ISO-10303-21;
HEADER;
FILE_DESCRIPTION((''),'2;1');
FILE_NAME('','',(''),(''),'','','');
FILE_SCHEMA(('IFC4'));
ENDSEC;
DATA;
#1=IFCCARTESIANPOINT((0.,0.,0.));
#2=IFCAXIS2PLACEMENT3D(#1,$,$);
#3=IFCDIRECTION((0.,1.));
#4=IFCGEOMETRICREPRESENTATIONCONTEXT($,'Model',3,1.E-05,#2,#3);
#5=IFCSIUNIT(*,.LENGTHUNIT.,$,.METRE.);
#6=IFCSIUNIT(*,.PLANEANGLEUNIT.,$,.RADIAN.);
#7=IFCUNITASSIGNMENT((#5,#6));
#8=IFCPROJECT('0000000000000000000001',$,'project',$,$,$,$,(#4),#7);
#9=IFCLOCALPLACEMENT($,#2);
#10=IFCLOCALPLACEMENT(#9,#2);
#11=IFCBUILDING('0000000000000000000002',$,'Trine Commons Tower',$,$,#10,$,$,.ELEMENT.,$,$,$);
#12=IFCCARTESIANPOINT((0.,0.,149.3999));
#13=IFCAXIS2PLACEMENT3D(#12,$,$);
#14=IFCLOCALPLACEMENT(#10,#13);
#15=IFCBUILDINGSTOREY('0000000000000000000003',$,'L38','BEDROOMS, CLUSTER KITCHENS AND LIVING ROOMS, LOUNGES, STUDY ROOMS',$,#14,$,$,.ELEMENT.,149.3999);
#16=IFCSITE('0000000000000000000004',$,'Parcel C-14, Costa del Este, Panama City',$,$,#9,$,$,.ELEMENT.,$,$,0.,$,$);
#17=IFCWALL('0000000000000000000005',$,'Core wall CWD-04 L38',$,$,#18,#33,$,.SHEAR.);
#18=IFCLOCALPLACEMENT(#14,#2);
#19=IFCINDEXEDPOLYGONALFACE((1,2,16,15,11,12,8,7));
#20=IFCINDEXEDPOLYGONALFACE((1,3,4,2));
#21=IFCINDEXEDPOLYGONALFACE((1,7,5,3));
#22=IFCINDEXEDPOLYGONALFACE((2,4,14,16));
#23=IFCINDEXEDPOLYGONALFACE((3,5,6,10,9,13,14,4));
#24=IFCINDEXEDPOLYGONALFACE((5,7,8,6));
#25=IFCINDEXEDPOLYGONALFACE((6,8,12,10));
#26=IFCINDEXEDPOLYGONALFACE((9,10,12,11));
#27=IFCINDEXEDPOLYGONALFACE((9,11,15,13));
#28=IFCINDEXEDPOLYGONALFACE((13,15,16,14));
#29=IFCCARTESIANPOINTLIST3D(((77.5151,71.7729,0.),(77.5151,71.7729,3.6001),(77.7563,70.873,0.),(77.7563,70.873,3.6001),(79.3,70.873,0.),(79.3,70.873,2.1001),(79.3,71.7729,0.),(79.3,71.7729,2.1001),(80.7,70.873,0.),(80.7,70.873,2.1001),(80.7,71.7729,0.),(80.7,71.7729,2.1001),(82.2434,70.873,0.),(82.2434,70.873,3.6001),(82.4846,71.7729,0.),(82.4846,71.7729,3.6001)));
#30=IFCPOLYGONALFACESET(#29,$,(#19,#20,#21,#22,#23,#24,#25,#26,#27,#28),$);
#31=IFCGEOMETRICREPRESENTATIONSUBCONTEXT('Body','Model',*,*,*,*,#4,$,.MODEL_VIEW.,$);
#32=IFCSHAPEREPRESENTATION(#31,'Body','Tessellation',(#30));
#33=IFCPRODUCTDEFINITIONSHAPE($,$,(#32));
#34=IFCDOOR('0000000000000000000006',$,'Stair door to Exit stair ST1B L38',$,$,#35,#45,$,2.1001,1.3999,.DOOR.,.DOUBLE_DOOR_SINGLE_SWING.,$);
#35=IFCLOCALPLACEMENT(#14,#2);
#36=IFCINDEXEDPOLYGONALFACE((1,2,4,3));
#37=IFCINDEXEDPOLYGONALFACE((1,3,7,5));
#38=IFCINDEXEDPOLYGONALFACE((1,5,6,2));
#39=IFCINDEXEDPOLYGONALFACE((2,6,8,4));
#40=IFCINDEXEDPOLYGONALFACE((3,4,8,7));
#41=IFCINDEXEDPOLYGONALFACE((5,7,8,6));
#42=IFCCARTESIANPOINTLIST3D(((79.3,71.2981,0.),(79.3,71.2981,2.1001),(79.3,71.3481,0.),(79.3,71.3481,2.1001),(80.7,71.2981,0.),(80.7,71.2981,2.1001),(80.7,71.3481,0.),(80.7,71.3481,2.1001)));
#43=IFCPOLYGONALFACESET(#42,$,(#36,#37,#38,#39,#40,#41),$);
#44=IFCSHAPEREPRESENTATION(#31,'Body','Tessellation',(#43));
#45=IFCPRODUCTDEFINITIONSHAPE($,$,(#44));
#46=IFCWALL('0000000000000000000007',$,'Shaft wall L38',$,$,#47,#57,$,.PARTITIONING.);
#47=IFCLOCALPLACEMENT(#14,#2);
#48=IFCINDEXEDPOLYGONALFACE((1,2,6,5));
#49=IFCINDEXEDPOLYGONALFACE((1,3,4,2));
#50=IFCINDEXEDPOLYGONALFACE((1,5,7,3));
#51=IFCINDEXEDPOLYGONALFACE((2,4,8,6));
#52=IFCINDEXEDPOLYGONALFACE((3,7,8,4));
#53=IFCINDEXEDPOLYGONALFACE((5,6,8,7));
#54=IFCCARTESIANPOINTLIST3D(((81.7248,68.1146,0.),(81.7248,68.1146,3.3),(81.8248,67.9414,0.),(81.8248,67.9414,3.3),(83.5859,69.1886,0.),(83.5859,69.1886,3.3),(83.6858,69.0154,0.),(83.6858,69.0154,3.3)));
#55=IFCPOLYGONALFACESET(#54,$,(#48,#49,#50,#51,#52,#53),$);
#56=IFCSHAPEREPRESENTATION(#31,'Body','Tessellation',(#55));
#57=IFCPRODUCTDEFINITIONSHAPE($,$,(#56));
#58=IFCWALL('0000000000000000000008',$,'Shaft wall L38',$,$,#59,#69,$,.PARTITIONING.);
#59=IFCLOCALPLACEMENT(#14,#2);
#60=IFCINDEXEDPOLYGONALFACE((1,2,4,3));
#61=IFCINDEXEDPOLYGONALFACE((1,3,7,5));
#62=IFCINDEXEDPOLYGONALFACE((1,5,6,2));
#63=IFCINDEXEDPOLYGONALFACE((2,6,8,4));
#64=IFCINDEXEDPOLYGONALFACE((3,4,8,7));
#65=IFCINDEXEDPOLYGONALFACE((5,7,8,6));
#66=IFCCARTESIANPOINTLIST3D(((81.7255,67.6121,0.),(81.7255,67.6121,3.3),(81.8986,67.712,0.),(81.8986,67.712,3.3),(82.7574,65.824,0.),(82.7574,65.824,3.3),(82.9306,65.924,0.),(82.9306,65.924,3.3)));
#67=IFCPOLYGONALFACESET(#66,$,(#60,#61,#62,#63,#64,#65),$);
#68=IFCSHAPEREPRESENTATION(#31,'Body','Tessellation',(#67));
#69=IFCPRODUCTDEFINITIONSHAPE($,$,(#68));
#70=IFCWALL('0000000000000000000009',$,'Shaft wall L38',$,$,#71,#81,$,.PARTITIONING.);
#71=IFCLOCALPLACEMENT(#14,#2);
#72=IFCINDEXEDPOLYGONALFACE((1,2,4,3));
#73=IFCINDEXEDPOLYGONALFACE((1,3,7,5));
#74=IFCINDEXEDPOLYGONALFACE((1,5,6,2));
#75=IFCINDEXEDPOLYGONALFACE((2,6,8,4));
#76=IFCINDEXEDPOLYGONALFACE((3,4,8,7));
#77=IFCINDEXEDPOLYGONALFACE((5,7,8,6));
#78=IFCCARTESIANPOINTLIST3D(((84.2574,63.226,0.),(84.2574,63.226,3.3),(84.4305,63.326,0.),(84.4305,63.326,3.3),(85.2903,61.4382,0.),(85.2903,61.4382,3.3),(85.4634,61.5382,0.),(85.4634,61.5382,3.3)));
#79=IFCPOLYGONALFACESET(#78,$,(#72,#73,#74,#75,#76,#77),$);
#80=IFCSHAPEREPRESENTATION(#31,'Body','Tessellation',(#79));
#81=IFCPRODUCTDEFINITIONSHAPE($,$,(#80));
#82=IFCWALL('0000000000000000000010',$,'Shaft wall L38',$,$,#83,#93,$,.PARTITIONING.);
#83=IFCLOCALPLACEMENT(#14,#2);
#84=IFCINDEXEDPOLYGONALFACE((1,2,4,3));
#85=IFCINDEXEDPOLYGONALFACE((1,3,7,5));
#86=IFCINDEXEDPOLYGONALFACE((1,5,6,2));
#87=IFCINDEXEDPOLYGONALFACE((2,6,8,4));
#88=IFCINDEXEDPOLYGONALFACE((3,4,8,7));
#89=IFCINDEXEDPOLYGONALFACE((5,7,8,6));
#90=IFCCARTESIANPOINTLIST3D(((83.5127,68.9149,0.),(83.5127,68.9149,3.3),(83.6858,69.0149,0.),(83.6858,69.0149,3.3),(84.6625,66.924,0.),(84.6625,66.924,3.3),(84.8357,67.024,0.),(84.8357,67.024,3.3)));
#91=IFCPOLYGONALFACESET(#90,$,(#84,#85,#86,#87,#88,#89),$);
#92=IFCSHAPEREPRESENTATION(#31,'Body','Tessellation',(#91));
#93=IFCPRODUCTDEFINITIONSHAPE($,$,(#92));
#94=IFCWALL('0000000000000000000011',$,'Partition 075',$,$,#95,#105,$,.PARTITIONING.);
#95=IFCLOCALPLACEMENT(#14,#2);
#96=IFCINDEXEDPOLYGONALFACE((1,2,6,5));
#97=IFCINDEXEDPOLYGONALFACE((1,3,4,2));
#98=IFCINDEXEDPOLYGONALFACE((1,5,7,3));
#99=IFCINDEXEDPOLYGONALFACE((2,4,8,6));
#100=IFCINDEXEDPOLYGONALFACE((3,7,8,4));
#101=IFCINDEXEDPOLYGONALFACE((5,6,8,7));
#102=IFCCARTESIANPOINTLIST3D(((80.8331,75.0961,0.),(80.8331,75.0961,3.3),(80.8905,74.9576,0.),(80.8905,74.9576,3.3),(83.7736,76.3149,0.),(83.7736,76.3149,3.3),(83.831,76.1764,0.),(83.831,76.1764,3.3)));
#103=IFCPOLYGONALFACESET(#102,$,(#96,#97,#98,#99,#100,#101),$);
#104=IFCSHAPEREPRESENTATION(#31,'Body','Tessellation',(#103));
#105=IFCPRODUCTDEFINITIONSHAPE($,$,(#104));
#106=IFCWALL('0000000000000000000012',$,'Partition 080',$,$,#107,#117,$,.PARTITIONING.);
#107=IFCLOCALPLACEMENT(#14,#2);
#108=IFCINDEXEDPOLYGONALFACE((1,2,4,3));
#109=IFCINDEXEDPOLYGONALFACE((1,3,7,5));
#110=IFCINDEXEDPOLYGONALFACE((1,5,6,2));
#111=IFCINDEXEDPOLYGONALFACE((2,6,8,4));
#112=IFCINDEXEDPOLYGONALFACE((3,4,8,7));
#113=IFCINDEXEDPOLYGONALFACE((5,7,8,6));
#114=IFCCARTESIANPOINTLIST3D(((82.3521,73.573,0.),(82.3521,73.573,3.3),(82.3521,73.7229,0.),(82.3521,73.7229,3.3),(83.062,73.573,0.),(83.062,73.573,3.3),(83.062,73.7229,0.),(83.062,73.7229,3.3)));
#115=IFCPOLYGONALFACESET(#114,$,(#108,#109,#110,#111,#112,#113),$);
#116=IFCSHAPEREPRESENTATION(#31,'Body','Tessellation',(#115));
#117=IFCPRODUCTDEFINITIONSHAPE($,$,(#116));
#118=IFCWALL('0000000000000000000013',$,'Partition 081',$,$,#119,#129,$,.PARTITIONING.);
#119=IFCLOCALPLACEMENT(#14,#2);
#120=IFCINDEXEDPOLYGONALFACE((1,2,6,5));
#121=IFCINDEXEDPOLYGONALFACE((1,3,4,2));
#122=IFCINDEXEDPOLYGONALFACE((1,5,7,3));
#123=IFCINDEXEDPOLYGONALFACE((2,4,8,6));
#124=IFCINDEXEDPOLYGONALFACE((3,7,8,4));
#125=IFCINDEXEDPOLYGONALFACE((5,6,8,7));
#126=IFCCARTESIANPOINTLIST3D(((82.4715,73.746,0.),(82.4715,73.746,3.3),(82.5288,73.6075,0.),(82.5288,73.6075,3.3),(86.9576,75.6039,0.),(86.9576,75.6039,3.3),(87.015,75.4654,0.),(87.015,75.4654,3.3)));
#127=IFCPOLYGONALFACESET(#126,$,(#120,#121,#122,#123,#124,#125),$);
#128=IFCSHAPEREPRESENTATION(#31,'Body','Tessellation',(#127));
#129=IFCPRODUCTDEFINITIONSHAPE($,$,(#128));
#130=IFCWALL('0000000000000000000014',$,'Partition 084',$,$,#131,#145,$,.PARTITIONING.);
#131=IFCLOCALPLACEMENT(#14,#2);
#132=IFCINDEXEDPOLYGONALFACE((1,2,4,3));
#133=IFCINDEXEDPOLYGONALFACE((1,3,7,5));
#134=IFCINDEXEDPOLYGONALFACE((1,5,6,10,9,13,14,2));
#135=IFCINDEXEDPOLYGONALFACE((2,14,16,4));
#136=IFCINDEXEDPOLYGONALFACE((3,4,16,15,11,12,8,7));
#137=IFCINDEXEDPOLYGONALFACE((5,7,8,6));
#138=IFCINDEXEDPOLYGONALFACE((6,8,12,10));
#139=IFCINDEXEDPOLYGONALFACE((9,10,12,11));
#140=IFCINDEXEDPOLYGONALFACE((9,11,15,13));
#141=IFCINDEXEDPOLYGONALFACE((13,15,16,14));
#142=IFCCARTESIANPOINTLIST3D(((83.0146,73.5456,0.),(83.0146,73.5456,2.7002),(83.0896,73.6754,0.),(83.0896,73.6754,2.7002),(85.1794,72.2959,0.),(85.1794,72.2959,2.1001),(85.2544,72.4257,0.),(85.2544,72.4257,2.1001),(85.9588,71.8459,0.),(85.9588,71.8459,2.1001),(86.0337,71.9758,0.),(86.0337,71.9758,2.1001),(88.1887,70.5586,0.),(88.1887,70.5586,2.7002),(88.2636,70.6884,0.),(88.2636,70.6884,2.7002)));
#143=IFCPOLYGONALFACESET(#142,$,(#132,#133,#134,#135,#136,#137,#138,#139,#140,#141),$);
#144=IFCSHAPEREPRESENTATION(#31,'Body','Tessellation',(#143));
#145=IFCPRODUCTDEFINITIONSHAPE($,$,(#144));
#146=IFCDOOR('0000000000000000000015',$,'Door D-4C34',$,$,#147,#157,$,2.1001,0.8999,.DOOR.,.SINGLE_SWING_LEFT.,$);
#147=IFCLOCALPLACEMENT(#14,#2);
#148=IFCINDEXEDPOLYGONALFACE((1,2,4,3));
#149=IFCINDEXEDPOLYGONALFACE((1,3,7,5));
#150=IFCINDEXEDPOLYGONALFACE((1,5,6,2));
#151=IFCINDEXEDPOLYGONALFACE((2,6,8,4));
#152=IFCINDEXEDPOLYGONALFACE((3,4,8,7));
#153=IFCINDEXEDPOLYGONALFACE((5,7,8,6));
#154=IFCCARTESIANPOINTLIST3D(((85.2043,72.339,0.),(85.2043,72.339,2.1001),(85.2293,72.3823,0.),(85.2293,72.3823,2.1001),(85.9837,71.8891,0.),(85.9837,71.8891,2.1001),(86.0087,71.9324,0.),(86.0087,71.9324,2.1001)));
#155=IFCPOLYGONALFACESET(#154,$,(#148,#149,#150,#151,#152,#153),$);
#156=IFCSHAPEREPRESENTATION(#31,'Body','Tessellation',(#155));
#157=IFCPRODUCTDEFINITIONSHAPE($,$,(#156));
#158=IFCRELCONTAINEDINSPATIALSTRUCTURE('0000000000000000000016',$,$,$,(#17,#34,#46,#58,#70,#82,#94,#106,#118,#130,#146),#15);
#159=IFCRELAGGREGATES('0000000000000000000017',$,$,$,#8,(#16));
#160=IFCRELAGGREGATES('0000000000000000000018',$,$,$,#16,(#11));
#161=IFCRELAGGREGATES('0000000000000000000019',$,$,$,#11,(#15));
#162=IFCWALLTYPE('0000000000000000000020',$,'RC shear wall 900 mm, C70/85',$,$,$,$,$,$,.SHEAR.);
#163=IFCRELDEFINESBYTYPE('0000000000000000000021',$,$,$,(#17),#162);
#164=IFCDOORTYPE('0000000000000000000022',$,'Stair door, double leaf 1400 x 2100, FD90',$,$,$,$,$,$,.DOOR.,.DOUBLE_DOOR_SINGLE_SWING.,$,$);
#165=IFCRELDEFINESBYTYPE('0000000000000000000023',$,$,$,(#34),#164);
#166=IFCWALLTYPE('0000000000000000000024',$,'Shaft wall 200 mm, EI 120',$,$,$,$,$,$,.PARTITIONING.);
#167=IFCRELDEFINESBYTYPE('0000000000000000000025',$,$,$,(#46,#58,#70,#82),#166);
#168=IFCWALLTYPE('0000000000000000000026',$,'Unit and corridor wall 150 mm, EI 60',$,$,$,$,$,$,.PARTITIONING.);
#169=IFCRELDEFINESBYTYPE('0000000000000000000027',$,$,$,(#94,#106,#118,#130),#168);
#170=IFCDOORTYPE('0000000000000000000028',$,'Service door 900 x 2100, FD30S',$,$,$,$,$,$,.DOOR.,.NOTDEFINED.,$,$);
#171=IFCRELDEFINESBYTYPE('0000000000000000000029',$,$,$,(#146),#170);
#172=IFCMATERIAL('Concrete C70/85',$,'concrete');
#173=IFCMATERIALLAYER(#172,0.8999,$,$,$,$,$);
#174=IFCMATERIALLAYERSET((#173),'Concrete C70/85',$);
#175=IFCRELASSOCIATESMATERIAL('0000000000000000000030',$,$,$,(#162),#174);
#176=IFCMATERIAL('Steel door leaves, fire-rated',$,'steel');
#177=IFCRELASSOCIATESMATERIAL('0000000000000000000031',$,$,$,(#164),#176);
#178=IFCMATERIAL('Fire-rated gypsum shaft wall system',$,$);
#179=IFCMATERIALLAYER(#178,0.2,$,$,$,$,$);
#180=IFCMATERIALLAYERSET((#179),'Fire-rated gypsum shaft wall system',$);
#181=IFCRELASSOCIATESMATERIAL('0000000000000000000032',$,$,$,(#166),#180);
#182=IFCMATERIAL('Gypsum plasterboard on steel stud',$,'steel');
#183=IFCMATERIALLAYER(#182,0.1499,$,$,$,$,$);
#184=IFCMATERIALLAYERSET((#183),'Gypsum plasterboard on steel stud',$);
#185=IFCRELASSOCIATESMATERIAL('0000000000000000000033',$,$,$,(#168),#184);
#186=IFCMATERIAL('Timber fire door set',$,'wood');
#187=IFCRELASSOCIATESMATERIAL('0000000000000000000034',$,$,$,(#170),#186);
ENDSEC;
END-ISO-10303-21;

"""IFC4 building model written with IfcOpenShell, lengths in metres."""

from ifc_helpers import new_model, si_unit, direction, frame, frame_2d, origin, place, context, subcontext, project, spatial, polyline, rectangle, outline, extrude, material, layer, layer_set, type_object, element, fill, save


model = new_model("IFC4")

# Units and contexts
model_context = context("Model", 3, precision=1e-05, world=origin(), true_north=direction((0.0, 1.0)))
body_context = subcontext(model_context, "Body", "Model", "MODEL_VIEW")
ifc_project = project(units=[si_unit("LENGTHUNIT", "METRE"), si_unit("PLANEANGLEUNIT", "RADIAN")], contexts=[model_context])

# Site, building, storey
site_placement = place(None, origin())
site = spatial("IfcSite", under=ifc_project, at=site_placement, Name="Parcel C-14, Costa del Este, Panama City", CompositionType="ELEMENT", RefElevation=0.0)
building_placement = place(site_placement, origin())
building = spatial("IfcBuilding", under=site, at=building_placement, Name="Trine Commons Tower", CompositionType="ELEMENT")
storey_placement = place(building_placement, frame((0.0, 0.0, 149.3999)))
storey = spatial("IfcBuildingStorey", under=building, at=storey_placement, Name="L38", Description="BEDROOMS, CLUSTER KITCHENS AND LIVING ROOMS, LOUNGES, STUDY ROOMS", CompositionType="ELEMENT", Elevation=149.3999)

# Shared definitions
ifc_material_1 = material(Name="Fire-rated gypsum shaft wall system")
ifc_material_2 = material(Name="Concrete C70/85", Category="concrete")

# Wall, opening, door
ifc_layer_1 = layer(ifc_material_2, 0.8999)
ifc_layer_set_1 = layer_set([ifc_layer_1], Name="Concrete C70/85")
wall_type_1 = type_object("IfcWallType", Name="RC shear wall 900 mm, C70/85", PredefinedType="SHEAR", material=ifc_layer_set_1)
wall_1_placement = place(storey_placement, frame((82.4846, 71.323, 0.0), z_axis=(0.0, 0.0, 1.0), x_axis=(-1.0, 0.0, 0.0)))
wall_1 = element("IfcWall", 1, at=wall_1_placement, inside=storey, type_object=wall_type_1, Name="Core wall CWD-04 L38", PredefinedType="SHEAR", context=body_context, shape_type="SweptSolid", body=[
    extrude(outline(polyline([(0.0, -0.45), (4.9695, -0.45), (4.7283, 0.45), (0.2412, 0.45), (0.0, -0.45)])), origin(), (0.0, 0.0, 1.0), 3.6001),
])
opening_1_placement = place(wall_1_placement, frame((1.7847, 0.0, 0.0)))
opening_1 = element("IfcOpeningElement", 2, at=opening_1_placement, cuts=wall_1, PredefinedType="OPENING", context=body_context, shape_type="SweptSolid", body=[
    extrude(rectangle(XDim=1.3999, YDim=2.1001, at=frame_2d((0.7, 1.05))), frame((0.0, 0.46, 0.0), z_axis=(0.0, -1.0, 0.0), x_axis=(1.0, 0.0, 0.0)), (0.0, 0.0, 1.0), 0.9199),
])
ifc_material_3 = material(Name="Steel door leaves, fire-rated", Category="steel")
door_type_1 = type_object("IfcDoorType", Name="Stair door, double leaf 1400 x 2100, FD90", OperationType="DOUBLE_DOOR_SINGLE_SWING", PredefinedType="DOOR", material=ifc_material_3)
door_1_placement = place(opening_1_placement, origin())
door_1 = element("IfcDoor", 3, at=door_1_placement, inside=storey, type_object=door_type_1, Name="Stair door to Exit stair ST1B L38", OperationType="DOUBLE_DOOR_SINGLE_SWING", OverallHeight=2.1001, OverallWidth=1.3999, PredefinedType="DOOR", context=body_context, shape_type="SweptSolid", body=[
    extrude(rectangle(XDim=1.3999, YDim=2.1001, at=frame_2d((0.7, 1.05))), frame((0.0, 0.0249, 0.0), z_axis=(0.0, -1.0, 0.0), x_axis=(1.0, 0.0, 0.0)), (0.0, 0.0, 1.0), 0.05),
])
fill(opening_1, door_1)

# Walls
ifc_layer_2 = layer(ifc_material_1, 0.2)
ifc_layer_set_2 = layer_set([ifc_layer_2], Name="Fire-rated gypsum shaft wall system")
wall_type_2 = type_object("IfcWallType", Name="Shaft wall 200 mm, EI 120", PredefinedType="PARTITIONING", material=ifc_layer_set_2)
wall_2_placement = place(storey_placement, frame((81.7749, 68.0281, 0.0), z_axis=(0.0, 0.0, 1.0), x_axis=(0.866131, 0.499818, 0.0)))
element("IfcWall", 4, at=wall_2_placement, inside=storey, type_object=wall_type_2, Name="Shaft wall L38", PredefinedType="PARTITIONING", context=body_context, shape_type="SweptSolid", body=[
    extrude(rectangle(XDim=2.1487, YDim=0.2, at=frame_2d((1.0742, 0.0))), origin(), (0.0, 0.0, 1.0), 3.3),
])
wall_3_placement = place(storey_placement, frame((82.844, 65.874, 0.0), z_axis=(0.0, 0.0, 1.0), x_axis=(-0.499866, 0.866103, 0.0)))
element("IfcWall", 5, at=wall_3_placement, inside=storey, type_object=wall_type_2, Name="Shaft wall L38", PredefinedType="PARTITIONING", context=body_context, shape_type="SweptSolid", body=[
    extrude(rectangle(XDim=2.0645, YDim=0.2, at=frame_2d((1.0322, 0.0))), origin(), (0.0, 0.0, 1.0), 3.3),
])
wall_4_placement = place(storey_placement, frame((84.344, 63.2759, 0.0), z_axis=(0.0, 0.0, 1.0), x_axis=(0.500272, -0.865868, 0.0)))
element("IfcWall", 6, at=wall_4_placement, inside=storey, type_object=wall_type_2, Name="Shaft wall L38", PredefinedType="PARTITIONING", context=body_context, shape_type="SweptSolid", body=[
    extrude(rectangle(XDim=2.0647, YDim=0.2, at=frame_2d((1.0322, 0.0))), origin(), (0.0, 0.0, 1.0), 3.3),
])
wall_5_placement = place(storey_placement, frame((84.749, 66.9741, 0.0), z_axis=(0.0, 0.0, 1.0), x_axis=(-0.500136, 0.865947, 0.0)))
element("IfcWall", 7, at=wall_5_placement, inside=storey, type_object=wall_type_2, Name="Shaft wall L38", PredefinedType="PARTITIONING", context=body_context, shape_type="SweptSolid", body=[
    extrude(rectangle(XDim=2.2991, YDim=0.2, at=frame_2d((1.1494, 0.0))), origin(), (0.0, 0.0, 1.0), 3.3),
])
ifc_material_4 = material(Name="Gypsum plasterboard on steel stud", Category="steel")
ifc_layer_3 = layer(ifc_material_4, 0.1499)
ifc_layer_set_3 = layer_set([ifc_layer_3], Name="Gypsum plasterboard on steel stud")
wall_type_3 = type_object("IfcWallType", Name="Unit and corridor wall 150 mm, EI 60", PredefinedType="PARTITIONING", material=ifc_layer_set_3)
wall_6_placement = place(storey_placement, frame((80.8618, 75.0269, 0.0), z_axis=(0.0, 0.0, 1.0), x_axis=(0.923792, 0.382894, 0.0)))
element("IfcWall", 8, at=wall_6_placement, inside=storey, type_object=wall_type_3, Name="Partition 075", PredefinedType="PARTITIONING", context=body_context, shape_type="SweptSolid", body=[
    extrude(rectangle(XDim=3.1831, YDim=0.1499, at=frame_2d((1.5916, 0.0))), origin(), (0.0, 0.0, 1.0), 3.3),
])
wall_7_placement = place(storey_placement, frame((82.3521, 73.6479, 0.0), z_axis=(0.0, 0.0, 1.0), x_axis=(1.0, 0.0, 0.0)))
element("IfcWall", 9, at=wall_7_placement, inside=storey, type_object=wall_type_3, Name="Partition 080", PredefinedType="PARTITIONING", context=body_context, shape_type="SweptSolid", body=[
    extrude(rectangle(XDim=0.71, YDim=0.1499, at=frame_2d((0.355, 0.0))), origin(), (0.0, 0.0, 1.0), 3.3),
])
wall_8_placement = place(storey_placement, frame((82.5002, 73.6768, 0.0), z_axis=(0.0, 0.0, 1.0), x_axis=(0.9239, 0.382633, 0.0)))
element("IfcWall", 10, at=wall_8_placement, inside=storey, type_object=wall_type_3, Name="Partition 081", PredefinedType="PARTITIONING", context=body_context, shape_type="SweptSolid", body=[
    extrude(rectangle(XDim=4.8557, YDim=0.1499, at=frame_2d((2.4277, 0.0))), origin(), (0.0, 0.0, 1.0), 3.3),
])

# Wall, opening, door
wall_9_placement = place(storey_placement, frame((83.052, 73.6106, 0.0), z_axis=(0.0, 0.0, 1.0), x_axis=(0.866039, -0.499976, 0.0)))
wall_9 = element("IfcWall", 11, at=wall_9_placement, inside=storey, type_object=wall_type_3, Name="Partition 084", PredefinedType="PARTITIONING", context=body_context, shape_type="SweptSolid", body=[
    extrude(rectangle(XDim=5.9744, YDim=0.1499, at=frame_2d((2.9873, 0.0))), origin(), (0.0, 0.0, 1.0), 2.7002),
])
opening_2_placement = place(wall_9_placement, frame((2.4998, 0.0, 0.0)))
opening_2 = element("IfcOpeningElement", 12, at=opening_2_placement, cuts=wall_9, PredefinedType="OPENING", context=body_context, shape_type="SweptSolid", body=[
    extrude(rectangle(XDim=0.8999, YDim=2.1001, at=frame_2d((0.45, 1.05))), frame((0.0, 0.085, 0.0), z_axis=(0.0, -1.0, 0.0), x_axis=(1.0, 0.0, 0.0)), (0.0, 0.0, 1.0), 0.1699),
])
ifc_material_5 = material(Name="Timber fire door set", Category="wood")
door_type_2 = type_object("IfcDoorType", Name="Service door 900 x 2100, FD30S", OperationType="NOTDEFINED", PredefinedType="DOOR", material=ifc_material_5)
door_2_placement = place(opening_2_placement, origin())
door_2 = element("IfcDoor", 13, at=door_2_placement, inside=storey, type_object=door_type_2, Name="Door D-4C34", OperationType="SINGLE_SWING_LEFT", OverallHeight=2.1001, OverallWidth=0.8999, PredefinedType="DOOR", context=body_context, shape_type="SweptSolid", body=[
    extrude(rectangle(XDim=0.8999, YDim=2.1001, at=frame_2d((0.45, 1.05))), frame((0.0, 0.0249, 0.0), z_axis=(0.0, -1.0, 0.0), x_axis=(1.0, 0.0, 0.0)), (0.0, 0.0, 1.0), 0.05),
])
fill(opening_2, door_2)

save(model, "model.ifc")
